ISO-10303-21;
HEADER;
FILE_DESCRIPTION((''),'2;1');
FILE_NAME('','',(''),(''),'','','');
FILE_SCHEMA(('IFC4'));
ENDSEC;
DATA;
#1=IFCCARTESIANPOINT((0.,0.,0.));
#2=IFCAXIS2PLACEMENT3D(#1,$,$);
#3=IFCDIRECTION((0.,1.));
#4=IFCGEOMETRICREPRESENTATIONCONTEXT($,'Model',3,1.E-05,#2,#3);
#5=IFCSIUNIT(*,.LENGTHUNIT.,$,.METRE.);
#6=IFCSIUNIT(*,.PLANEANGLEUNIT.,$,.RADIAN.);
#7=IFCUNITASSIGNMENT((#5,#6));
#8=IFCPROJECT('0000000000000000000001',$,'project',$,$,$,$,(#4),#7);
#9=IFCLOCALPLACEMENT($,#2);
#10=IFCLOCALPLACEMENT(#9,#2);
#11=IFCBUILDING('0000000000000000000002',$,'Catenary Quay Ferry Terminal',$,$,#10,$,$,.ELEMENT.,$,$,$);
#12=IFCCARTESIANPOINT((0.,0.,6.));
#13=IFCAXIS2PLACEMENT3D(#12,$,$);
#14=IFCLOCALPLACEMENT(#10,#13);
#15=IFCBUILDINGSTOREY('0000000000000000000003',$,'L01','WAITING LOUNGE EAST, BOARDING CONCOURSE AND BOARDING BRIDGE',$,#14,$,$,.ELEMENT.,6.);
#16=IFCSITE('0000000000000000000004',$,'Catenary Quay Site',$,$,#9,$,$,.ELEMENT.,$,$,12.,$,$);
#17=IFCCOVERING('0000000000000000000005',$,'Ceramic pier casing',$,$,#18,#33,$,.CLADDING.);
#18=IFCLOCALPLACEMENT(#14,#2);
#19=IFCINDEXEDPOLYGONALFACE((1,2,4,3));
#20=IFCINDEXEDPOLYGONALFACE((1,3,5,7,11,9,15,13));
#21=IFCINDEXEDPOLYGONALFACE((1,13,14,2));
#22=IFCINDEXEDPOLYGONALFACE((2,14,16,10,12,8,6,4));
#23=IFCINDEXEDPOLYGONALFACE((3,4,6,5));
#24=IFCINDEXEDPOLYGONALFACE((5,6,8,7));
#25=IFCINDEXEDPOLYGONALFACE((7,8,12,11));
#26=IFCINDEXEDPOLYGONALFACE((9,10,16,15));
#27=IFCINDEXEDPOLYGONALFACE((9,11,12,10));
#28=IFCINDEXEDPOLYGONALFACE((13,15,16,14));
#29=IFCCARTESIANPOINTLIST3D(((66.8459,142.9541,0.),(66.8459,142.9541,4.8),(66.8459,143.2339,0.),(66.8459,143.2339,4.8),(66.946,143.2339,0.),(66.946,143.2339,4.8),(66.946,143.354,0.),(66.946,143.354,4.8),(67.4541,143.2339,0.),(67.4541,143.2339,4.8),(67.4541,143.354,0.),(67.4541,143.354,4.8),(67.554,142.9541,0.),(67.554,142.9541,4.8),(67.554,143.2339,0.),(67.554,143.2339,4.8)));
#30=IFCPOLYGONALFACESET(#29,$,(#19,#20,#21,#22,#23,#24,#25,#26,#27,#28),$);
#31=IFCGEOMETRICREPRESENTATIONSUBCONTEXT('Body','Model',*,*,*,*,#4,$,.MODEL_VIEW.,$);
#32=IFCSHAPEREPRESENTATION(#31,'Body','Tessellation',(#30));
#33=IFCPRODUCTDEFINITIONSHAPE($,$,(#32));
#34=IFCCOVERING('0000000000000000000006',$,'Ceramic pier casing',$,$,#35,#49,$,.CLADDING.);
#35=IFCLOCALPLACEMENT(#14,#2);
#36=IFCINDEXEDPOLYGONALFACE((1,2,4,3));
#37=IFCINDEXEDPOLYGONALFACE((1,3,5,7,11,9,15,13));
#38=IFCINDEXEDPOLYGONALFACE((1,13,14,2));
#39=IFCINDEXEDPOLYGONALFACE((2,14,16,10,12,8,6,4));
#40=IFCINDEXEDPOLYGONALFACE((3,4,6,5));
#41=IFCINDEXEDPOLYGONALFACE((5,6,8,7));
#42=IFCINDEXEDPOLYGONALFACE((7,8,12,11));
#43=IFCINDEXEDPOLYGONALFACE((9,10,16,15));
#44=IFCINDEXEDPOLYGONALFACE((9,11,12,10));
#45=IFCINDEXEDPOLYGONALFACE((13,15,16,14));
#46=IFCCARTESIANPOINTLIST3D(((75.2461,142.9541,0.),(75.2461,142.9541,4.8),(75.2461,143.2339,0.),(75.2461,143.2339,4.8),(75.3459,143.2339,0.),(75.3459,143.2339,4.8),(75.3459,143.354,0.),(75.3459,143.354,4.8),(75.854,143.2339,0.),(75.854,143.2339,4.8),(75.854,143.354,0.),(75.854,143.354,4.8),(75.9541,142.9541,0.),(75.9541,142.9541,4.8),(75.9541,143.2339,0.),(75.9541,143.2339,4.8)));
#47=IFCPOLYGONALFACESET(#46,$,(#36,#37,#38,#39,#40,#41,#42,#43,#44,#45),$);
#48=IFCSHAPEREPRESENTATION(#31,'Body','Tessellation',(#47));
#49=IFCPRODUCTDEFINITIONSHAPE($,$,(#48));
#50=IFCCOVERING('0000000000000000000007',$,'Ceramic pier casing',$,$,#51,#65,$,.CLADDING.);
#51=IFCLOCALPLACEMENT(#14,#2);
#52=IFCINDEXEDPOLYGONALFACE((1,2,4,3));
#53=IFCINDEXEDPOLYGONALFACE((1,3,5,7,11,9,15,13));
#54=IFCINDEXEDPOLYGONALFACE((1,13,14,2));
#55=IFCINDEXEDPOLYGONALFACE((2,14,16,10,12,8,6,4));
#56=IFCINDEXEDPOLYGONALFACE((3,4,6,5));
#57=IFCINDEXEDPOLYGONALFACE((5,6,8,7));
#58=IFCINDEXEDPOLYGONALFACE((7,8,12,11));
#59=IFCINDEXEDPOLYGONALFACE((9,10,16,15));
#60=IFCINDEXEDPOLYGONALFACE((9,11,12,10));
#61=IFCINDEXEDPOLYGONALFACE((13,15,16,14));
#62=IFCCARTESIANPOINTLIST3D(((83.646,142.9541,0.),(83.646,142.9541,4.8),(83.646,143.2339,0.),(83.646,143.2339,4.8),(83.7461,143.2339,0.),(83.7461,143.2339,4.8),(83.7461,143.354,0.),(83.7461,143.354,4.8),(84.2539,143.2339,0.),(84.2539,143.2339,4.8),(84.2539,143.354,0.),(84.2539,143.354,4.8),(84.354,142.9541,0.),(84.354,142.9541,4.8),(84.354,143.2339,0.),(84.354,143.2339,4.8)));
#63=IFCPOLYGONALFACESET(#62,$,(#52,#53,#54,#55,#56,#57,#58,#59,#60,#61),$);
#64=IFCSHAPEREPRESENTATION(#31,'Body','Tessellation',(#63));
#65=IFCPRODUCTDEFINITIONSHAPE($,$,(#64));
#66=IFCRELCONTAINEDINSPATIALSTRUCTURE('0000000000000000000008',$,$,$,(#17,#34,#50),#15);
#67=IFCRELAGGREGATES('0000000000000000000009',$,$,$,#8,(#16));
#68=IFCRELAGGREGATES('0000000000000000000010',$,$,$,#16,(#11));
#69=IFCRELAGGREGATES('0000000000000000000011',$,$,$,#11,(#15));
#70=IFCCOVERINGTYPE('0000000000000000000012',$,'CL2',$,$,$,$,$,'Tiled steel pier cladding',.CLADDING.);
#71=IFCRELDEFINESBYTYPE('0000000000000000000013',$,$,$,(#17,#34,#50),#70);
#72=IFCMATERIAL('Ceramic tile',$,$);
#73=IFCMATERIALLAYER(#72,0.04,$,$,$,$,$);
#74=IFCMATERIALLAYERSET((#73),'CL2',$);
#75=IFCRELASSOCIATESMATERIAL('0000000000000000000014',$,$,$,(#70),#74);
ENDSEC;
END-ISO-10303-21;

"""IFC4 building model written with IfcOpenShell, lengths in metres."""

from ifc_helpers import new_model, si_unit, direction, frame, origin, place, context, subcontext, project, spatial, polyline, outline, extrude, material, layer, layer_set, type_object, element, save


model = new_model("IFC4")

# Units and contexts
model_context = context("Model", 3, precision=1e-05, world=origin(), true_north=direction((0.0, 1.0)))
body_context = subcontext(model_context, "Body", "Model", "MODEL_VIEW")
ifc_project = project(units=[si_unit("LENGTHUNIT", "METRE"), si_unit("PLANEANGLEUNIT", "RADIAN")], contexts=[model_context])

# Site, building, storey
site_placement = place(None, origin())
site = spatial("IfcSite", under=ifc_project, at=site_placement, Name="Catenary Quay Site", CompositionType="ELEMENT", RefElevation=12.0)
building_placement = place(site_placement, origin())
building = spatial("IfcBuilding", under=site, at=building_placement, Name="Catenary Quay Ferry Terminal", CompositionType="ELEMENT")
storey_placement = place(building_placement, frame((0.0, 0.0, 6.0)))
storey = spatial("IfcBuildingStorey", under=building, at=storey_placement, Name="L01", Description="WAITING LOUNGE EAST, BOARDING CONCOURSE AND BOARDING BRIDGE", CompositionType="ELEMENT", Elevation=6.0)

# Coverings
ifc_material = material(Name="Ceramic tile")
ifc_layer = layer(ifc_material, 0.04)
ifc_layer_set = layer_set([ifc_layer], Name="CL2")
covering_type = type_object("IfcCoveringType", Name="CL2", ElementType="Tiled steel pier cladding", PredefinedType="CLADDING", material=ifc_layer_set)
covering_1_placement = place(storey_placement, origin())
element("IfcCovering", 1, at=covering_1_placement, inside=storey, type_object=covering_type, Name="Ceramic pier casing", PredefinedType="CLADDING", context=body_context, shape_type="SweptSolid", body=[
    extrude(outline(polyline([(67.554, 142.9541), (67.554, 143.2339), (67.4541, 143.2339), (67.4541, 143.354), (66.946, 143.354), (66.946, 143.2339), (66.8459, 143.2339), (66.8459, 142.9541), (67.554, 142.9541)])), origin(), (0.0, 0.0, 1.0), 4.8),
])
covering_2_placement = place(storey_placement, origin())
element("IfcCovering", 2, at=covering_2_placement, inside=storey, type_object=covering_type, Name="Ceramic pier casing", PredefinedType="CLADDING", context=body_context, shape_type="SweptSolid", body=[
    extrude(outline(polyline([(75.9541, 142.9541), (75.9541, 143.2339), (75.854, 143.2339), (75.854, 143.354), (75.3459, 143.354), (75.3459, 143.2339), (75.2461, 143.2339), (75.2461, 142.9541), (75.9541, 142.9541)])), origin(), (0.0, 0.0, 1.0), 4.8),
])
covering_3_placement = place(storey_placement, origin())
element("IfcCovering", 3, at=covering_3_placement, inside=storey, type_object=covering_type, Name="Ceramic pier casing", PredefinedType="CLADDING", context=body_context, shape_type="SweptSolid", body=[
    extrude(outline(polyline([(84.354, 142.9541), (84.354, 143.2339), (84.2539, 143.2339), (84.2539, 143.354), (83.7461, 143.354), (83.7461, 143.2339), (83.646, 143.2339), (83.646, 142.9541), (84.354, 142.9541)])), origin(), (0.0, 0.0, 1.0), 4.8),
])

save(model, "model.ifc")
